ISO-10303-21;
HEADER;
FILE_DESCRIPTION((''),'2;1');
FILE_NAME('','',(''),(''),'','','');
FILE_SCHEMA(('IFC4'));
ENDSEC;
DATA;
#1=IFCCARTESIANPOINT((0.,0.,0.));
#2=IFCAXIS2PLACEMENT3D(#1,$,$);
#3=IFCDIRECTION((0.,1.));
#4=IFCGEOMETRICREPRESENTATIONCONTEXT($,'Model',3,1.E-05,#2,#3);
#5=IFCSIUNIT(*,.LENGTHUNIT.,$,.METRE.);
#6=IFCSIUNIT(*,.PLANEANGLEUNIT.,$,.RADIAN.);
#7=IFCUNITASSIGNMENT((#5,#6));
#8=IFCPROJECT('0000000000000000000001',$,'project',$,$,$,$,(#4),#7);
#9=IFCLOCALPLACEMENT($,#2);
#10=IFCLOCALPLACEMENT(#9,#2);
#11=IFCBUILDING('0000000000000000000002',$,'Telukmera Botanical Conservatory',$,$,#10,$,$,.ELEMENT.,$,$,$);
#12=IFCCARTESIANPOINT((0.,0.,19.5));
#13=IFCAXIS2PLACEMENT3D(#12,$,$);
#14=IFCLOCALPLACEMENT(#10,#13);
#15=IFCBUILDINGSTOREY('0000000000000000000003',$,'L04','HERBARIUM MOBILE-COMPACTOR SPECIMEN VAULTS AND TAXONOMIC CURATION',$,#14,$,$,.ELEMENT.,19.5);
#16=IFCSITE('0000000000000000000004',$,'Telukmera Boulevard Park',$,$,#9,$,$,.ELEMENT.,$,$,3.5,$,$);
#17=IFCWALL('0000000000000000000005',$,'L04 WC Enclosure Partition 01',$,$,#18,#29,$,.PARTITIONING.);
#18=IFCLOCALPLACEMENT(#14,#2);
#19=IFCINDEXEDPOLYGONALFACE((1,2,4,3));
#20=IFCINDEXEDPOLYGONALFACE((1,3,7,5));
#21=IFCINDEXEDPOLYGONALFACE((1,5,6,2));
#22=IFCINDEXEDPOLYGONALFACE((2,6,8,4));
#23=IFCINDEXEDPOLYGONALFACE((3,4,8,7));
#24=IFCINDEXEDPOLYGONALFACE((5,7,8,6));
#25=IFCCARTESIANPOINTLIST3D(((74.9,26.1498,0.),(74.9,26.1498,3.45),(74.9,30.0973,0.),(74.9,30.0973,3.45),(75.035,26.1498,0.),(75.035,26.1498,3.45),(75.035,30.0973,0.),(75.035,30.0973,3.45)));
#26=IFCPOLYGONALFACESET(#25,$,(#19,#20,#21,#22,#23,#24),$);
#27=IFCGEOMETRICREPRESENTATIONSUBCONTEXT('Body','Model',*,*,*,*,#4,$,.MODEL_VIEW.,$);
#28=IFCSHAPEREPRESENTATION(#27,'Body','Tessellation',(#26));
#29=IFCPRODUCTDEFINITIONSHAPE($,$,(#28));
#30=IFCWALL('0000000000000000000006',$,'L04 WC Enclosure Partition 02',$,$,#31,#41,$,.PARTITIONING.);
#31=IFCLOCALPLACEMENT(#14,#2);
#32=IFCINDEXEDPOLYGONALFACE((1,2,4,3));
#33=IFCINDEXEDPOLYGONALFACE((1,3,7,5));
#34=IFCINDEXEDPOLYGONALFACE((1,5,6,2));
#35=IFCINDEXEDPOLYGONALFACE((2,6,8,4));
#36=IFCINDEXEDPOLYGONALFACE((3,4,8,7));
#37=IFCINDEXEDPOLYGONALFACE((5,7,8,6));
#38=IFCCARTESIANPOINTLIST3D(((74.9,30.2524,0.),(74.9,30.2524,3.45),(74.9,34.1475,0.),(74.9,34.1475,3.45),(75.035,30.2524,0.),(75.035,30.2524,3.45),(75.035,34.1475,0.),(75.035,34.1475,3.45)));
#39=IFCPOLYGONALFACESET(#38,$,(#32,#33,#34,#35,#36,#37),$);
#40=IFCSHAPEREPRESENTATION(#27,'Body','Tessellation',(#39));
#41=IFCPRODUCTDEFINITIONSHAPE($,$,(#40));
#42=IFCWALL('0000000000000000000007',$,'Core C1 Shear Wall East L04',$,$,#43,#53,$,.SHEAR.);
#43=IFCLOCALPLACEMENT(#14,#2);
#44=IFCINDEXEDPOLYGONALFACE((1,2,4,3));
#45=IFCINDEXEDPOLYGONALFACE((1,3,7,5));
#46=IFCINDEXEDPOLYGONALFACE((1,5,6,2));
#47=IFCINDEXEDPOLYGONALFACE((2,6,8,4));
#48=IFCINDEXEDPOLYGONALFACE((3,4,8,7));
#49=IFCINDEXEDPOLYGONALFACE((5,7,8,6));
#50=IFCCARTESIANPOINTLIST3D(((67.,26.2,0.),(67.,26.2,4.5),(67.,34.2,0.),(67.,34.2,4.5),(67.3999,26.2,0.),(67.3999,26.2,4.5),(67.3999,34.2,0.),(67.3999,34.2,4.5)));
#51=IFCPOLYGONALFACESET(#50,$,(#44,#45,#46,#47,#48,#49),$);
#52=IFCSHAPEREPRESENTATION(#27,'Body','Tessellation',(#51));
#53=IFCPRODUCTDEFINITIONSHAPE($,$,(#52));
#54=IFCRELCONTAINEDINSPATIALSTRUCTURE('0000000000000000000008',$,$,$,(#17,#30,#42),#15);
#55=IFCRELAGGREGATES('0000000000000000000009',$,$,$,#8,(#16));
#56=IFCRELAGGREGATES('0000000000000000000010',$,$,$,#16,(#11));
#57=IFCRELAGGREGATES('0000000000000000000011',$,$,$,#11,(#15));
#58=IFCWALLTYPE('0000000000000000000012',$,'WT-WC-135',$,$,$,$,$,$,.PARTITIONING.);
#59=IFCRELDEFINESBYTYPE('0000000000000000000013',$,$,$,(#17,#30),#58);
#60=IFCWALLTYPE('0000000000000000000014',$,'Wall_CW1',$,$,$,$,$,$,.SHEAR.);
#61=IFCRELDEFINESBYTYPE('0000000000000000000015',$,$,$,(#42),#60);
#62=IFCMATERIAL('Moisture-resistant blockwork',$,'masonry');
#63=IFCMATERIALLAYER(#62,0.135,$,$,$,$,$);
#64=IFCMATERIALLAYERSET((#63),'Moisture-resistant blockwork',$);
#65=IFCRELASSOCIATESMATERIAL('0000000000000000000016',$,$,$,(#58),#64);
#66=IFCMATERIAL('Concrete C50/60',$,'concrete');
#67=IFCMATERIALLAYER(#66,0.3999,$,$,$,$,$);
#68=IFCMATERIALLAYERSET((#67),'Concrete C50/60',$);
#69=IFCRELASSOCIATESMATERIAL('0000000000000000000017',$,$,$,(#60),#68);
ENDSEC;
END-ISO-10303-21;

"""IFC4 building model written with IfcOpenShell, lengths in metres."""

from ifc_helpers import new_model, si_unit, direction, frame, frame_2d, origin, place, context, subcontext, project, spatial, rectangle, extrude, material, layer, layer_set, type_object, element, save


model = new_model("IFC4")

# Units and contexts
model_context = context("Model", 3, precision=1e-05, world=origin(), true_north=direction((0.0, 1.0)))
body_context = subcontext(model_context, "Body", "Model", "MODEL_VIEW")
ifc_project = project(units=[si_unit("LENGTHUNIT", "METRE"), si_unit("PLANEANGLEUNIT", "RADIAN")], contexts=[model_context])

# Site, building, storey
site_placement = place(None, origin())
site = spatial("IfcSite", under=ifc_project, at=site_placement, Name="Telukmera Boulevard Park", CompositionType="ELEMENT", RefElevation=3.5)
building_placement = place(site_placement, origin())
building = spatial("IfcBuilding", under=site, at=building_placement, Name="Telukmera Botanical Conservatory", CompositionType="ELEMENT")
storey_placement = place(building_placement, frame((0.0, 0.0, 19.5)))
storey = spatial("IfcBuildingStorey", under=building, at=storey_placement, Name="L04", Description="HERBARIUM MOBILE-COMPACTOR SPECIMEN VAULTS AND TAXONOMIC CURATION", CompositionType="ELEMENT", Elevation=19.5)

# Shared definitions
ifc_material_1 = material(Name="Concrete C50/60", Category="concrete")

# Shared definitions
ifc_material_2 = material(Name="Moisture-resistant blockwork", Category="masonry")
ifc_layer_1 = layer(ifc_material_2, 0.135)
ifc_layer_set_1 = layer_set([ifc_layer_1], Name="Moisture-resistant blockwork")
wall_type_1 = type_object("IfcWallType", Name="WT-WC-135", PredefinedType="PARTITIONING", material=ifc_layer_set_1)

# Walls
wall_1_placement = place(storey_placement, frame((74.9675, 26.1499, 0.0), z_axis=(0.0, 0.0, 1.0), x_axis=(0.0, 1.0, 0.0)))
element("IfcWall", 1, at=wall_1_placement, inside=storey, type_object=wall_type_1, Name="L04 WC Enclosure Partition 01", PredefinedType="PARTITIONING", context=body_context, shape_type="SweptSolid", body=[
    extrude(rectangle(XDim=3.9475, YDim=0.135, at=frame_2d((1.9736, 0.0))), origin(), (0.0, 0.0, 1.0), 3.45),
])
wall_2_placement = place(storey_placement, frame((74.9675, 30.2524, 0.0), z_axis=(0.0, 0.0, 1.0), x_axis=(0.0, 1.0, 0.0)))
element("IfcWall", 2, at=wall_2_placement, inside=storey, type_object=wall_type_1, Name="L04 WC Enclosure Partition 02", PredefinedType="PARTITIONING", context=body_context, shape_type="SweptSolid", body=[
    extrude(rectangle(XDim=3.895, YDim=0.135, at=frame_2d((1.9475, 0.0))), origin(), (0.0, 0.0, 1.0), 3.45),
])
ifc_layer_2 = layer(ifc_material_1, 0.3999)
ifc_layer_set_2 = layer_set([ifc_layer_2], Name="Concrete C50/60")
wall_type_2 = type_object("IfcWallType", Name="Wall_CW1", PredefinedType="SHEAR", material=ifc_layer_set_2)
wall_3_placement = place(storey_placement, frame((67.2, 26.2, 0.0), z_axis=(0.0, 0.0, 1.0), x_axis=(0.0, 1.0, 0.0)))
element("IfcWall", 3, at=wall_3_placement, inside=storey, type_object=wall_type_2, Name="Core C1 Shear Wall East L04", PredefinedType="SHEAR", context=body_context, shape_type="SweptSolid", body=[
    extrude(rectangle(XDim=8.0, YDim=0.3999, at=frame_2d((4.0, 0.0))), origin(), (0.0, 0.0, 1.0), 4.5),
])

save(model, "model.ifc")
